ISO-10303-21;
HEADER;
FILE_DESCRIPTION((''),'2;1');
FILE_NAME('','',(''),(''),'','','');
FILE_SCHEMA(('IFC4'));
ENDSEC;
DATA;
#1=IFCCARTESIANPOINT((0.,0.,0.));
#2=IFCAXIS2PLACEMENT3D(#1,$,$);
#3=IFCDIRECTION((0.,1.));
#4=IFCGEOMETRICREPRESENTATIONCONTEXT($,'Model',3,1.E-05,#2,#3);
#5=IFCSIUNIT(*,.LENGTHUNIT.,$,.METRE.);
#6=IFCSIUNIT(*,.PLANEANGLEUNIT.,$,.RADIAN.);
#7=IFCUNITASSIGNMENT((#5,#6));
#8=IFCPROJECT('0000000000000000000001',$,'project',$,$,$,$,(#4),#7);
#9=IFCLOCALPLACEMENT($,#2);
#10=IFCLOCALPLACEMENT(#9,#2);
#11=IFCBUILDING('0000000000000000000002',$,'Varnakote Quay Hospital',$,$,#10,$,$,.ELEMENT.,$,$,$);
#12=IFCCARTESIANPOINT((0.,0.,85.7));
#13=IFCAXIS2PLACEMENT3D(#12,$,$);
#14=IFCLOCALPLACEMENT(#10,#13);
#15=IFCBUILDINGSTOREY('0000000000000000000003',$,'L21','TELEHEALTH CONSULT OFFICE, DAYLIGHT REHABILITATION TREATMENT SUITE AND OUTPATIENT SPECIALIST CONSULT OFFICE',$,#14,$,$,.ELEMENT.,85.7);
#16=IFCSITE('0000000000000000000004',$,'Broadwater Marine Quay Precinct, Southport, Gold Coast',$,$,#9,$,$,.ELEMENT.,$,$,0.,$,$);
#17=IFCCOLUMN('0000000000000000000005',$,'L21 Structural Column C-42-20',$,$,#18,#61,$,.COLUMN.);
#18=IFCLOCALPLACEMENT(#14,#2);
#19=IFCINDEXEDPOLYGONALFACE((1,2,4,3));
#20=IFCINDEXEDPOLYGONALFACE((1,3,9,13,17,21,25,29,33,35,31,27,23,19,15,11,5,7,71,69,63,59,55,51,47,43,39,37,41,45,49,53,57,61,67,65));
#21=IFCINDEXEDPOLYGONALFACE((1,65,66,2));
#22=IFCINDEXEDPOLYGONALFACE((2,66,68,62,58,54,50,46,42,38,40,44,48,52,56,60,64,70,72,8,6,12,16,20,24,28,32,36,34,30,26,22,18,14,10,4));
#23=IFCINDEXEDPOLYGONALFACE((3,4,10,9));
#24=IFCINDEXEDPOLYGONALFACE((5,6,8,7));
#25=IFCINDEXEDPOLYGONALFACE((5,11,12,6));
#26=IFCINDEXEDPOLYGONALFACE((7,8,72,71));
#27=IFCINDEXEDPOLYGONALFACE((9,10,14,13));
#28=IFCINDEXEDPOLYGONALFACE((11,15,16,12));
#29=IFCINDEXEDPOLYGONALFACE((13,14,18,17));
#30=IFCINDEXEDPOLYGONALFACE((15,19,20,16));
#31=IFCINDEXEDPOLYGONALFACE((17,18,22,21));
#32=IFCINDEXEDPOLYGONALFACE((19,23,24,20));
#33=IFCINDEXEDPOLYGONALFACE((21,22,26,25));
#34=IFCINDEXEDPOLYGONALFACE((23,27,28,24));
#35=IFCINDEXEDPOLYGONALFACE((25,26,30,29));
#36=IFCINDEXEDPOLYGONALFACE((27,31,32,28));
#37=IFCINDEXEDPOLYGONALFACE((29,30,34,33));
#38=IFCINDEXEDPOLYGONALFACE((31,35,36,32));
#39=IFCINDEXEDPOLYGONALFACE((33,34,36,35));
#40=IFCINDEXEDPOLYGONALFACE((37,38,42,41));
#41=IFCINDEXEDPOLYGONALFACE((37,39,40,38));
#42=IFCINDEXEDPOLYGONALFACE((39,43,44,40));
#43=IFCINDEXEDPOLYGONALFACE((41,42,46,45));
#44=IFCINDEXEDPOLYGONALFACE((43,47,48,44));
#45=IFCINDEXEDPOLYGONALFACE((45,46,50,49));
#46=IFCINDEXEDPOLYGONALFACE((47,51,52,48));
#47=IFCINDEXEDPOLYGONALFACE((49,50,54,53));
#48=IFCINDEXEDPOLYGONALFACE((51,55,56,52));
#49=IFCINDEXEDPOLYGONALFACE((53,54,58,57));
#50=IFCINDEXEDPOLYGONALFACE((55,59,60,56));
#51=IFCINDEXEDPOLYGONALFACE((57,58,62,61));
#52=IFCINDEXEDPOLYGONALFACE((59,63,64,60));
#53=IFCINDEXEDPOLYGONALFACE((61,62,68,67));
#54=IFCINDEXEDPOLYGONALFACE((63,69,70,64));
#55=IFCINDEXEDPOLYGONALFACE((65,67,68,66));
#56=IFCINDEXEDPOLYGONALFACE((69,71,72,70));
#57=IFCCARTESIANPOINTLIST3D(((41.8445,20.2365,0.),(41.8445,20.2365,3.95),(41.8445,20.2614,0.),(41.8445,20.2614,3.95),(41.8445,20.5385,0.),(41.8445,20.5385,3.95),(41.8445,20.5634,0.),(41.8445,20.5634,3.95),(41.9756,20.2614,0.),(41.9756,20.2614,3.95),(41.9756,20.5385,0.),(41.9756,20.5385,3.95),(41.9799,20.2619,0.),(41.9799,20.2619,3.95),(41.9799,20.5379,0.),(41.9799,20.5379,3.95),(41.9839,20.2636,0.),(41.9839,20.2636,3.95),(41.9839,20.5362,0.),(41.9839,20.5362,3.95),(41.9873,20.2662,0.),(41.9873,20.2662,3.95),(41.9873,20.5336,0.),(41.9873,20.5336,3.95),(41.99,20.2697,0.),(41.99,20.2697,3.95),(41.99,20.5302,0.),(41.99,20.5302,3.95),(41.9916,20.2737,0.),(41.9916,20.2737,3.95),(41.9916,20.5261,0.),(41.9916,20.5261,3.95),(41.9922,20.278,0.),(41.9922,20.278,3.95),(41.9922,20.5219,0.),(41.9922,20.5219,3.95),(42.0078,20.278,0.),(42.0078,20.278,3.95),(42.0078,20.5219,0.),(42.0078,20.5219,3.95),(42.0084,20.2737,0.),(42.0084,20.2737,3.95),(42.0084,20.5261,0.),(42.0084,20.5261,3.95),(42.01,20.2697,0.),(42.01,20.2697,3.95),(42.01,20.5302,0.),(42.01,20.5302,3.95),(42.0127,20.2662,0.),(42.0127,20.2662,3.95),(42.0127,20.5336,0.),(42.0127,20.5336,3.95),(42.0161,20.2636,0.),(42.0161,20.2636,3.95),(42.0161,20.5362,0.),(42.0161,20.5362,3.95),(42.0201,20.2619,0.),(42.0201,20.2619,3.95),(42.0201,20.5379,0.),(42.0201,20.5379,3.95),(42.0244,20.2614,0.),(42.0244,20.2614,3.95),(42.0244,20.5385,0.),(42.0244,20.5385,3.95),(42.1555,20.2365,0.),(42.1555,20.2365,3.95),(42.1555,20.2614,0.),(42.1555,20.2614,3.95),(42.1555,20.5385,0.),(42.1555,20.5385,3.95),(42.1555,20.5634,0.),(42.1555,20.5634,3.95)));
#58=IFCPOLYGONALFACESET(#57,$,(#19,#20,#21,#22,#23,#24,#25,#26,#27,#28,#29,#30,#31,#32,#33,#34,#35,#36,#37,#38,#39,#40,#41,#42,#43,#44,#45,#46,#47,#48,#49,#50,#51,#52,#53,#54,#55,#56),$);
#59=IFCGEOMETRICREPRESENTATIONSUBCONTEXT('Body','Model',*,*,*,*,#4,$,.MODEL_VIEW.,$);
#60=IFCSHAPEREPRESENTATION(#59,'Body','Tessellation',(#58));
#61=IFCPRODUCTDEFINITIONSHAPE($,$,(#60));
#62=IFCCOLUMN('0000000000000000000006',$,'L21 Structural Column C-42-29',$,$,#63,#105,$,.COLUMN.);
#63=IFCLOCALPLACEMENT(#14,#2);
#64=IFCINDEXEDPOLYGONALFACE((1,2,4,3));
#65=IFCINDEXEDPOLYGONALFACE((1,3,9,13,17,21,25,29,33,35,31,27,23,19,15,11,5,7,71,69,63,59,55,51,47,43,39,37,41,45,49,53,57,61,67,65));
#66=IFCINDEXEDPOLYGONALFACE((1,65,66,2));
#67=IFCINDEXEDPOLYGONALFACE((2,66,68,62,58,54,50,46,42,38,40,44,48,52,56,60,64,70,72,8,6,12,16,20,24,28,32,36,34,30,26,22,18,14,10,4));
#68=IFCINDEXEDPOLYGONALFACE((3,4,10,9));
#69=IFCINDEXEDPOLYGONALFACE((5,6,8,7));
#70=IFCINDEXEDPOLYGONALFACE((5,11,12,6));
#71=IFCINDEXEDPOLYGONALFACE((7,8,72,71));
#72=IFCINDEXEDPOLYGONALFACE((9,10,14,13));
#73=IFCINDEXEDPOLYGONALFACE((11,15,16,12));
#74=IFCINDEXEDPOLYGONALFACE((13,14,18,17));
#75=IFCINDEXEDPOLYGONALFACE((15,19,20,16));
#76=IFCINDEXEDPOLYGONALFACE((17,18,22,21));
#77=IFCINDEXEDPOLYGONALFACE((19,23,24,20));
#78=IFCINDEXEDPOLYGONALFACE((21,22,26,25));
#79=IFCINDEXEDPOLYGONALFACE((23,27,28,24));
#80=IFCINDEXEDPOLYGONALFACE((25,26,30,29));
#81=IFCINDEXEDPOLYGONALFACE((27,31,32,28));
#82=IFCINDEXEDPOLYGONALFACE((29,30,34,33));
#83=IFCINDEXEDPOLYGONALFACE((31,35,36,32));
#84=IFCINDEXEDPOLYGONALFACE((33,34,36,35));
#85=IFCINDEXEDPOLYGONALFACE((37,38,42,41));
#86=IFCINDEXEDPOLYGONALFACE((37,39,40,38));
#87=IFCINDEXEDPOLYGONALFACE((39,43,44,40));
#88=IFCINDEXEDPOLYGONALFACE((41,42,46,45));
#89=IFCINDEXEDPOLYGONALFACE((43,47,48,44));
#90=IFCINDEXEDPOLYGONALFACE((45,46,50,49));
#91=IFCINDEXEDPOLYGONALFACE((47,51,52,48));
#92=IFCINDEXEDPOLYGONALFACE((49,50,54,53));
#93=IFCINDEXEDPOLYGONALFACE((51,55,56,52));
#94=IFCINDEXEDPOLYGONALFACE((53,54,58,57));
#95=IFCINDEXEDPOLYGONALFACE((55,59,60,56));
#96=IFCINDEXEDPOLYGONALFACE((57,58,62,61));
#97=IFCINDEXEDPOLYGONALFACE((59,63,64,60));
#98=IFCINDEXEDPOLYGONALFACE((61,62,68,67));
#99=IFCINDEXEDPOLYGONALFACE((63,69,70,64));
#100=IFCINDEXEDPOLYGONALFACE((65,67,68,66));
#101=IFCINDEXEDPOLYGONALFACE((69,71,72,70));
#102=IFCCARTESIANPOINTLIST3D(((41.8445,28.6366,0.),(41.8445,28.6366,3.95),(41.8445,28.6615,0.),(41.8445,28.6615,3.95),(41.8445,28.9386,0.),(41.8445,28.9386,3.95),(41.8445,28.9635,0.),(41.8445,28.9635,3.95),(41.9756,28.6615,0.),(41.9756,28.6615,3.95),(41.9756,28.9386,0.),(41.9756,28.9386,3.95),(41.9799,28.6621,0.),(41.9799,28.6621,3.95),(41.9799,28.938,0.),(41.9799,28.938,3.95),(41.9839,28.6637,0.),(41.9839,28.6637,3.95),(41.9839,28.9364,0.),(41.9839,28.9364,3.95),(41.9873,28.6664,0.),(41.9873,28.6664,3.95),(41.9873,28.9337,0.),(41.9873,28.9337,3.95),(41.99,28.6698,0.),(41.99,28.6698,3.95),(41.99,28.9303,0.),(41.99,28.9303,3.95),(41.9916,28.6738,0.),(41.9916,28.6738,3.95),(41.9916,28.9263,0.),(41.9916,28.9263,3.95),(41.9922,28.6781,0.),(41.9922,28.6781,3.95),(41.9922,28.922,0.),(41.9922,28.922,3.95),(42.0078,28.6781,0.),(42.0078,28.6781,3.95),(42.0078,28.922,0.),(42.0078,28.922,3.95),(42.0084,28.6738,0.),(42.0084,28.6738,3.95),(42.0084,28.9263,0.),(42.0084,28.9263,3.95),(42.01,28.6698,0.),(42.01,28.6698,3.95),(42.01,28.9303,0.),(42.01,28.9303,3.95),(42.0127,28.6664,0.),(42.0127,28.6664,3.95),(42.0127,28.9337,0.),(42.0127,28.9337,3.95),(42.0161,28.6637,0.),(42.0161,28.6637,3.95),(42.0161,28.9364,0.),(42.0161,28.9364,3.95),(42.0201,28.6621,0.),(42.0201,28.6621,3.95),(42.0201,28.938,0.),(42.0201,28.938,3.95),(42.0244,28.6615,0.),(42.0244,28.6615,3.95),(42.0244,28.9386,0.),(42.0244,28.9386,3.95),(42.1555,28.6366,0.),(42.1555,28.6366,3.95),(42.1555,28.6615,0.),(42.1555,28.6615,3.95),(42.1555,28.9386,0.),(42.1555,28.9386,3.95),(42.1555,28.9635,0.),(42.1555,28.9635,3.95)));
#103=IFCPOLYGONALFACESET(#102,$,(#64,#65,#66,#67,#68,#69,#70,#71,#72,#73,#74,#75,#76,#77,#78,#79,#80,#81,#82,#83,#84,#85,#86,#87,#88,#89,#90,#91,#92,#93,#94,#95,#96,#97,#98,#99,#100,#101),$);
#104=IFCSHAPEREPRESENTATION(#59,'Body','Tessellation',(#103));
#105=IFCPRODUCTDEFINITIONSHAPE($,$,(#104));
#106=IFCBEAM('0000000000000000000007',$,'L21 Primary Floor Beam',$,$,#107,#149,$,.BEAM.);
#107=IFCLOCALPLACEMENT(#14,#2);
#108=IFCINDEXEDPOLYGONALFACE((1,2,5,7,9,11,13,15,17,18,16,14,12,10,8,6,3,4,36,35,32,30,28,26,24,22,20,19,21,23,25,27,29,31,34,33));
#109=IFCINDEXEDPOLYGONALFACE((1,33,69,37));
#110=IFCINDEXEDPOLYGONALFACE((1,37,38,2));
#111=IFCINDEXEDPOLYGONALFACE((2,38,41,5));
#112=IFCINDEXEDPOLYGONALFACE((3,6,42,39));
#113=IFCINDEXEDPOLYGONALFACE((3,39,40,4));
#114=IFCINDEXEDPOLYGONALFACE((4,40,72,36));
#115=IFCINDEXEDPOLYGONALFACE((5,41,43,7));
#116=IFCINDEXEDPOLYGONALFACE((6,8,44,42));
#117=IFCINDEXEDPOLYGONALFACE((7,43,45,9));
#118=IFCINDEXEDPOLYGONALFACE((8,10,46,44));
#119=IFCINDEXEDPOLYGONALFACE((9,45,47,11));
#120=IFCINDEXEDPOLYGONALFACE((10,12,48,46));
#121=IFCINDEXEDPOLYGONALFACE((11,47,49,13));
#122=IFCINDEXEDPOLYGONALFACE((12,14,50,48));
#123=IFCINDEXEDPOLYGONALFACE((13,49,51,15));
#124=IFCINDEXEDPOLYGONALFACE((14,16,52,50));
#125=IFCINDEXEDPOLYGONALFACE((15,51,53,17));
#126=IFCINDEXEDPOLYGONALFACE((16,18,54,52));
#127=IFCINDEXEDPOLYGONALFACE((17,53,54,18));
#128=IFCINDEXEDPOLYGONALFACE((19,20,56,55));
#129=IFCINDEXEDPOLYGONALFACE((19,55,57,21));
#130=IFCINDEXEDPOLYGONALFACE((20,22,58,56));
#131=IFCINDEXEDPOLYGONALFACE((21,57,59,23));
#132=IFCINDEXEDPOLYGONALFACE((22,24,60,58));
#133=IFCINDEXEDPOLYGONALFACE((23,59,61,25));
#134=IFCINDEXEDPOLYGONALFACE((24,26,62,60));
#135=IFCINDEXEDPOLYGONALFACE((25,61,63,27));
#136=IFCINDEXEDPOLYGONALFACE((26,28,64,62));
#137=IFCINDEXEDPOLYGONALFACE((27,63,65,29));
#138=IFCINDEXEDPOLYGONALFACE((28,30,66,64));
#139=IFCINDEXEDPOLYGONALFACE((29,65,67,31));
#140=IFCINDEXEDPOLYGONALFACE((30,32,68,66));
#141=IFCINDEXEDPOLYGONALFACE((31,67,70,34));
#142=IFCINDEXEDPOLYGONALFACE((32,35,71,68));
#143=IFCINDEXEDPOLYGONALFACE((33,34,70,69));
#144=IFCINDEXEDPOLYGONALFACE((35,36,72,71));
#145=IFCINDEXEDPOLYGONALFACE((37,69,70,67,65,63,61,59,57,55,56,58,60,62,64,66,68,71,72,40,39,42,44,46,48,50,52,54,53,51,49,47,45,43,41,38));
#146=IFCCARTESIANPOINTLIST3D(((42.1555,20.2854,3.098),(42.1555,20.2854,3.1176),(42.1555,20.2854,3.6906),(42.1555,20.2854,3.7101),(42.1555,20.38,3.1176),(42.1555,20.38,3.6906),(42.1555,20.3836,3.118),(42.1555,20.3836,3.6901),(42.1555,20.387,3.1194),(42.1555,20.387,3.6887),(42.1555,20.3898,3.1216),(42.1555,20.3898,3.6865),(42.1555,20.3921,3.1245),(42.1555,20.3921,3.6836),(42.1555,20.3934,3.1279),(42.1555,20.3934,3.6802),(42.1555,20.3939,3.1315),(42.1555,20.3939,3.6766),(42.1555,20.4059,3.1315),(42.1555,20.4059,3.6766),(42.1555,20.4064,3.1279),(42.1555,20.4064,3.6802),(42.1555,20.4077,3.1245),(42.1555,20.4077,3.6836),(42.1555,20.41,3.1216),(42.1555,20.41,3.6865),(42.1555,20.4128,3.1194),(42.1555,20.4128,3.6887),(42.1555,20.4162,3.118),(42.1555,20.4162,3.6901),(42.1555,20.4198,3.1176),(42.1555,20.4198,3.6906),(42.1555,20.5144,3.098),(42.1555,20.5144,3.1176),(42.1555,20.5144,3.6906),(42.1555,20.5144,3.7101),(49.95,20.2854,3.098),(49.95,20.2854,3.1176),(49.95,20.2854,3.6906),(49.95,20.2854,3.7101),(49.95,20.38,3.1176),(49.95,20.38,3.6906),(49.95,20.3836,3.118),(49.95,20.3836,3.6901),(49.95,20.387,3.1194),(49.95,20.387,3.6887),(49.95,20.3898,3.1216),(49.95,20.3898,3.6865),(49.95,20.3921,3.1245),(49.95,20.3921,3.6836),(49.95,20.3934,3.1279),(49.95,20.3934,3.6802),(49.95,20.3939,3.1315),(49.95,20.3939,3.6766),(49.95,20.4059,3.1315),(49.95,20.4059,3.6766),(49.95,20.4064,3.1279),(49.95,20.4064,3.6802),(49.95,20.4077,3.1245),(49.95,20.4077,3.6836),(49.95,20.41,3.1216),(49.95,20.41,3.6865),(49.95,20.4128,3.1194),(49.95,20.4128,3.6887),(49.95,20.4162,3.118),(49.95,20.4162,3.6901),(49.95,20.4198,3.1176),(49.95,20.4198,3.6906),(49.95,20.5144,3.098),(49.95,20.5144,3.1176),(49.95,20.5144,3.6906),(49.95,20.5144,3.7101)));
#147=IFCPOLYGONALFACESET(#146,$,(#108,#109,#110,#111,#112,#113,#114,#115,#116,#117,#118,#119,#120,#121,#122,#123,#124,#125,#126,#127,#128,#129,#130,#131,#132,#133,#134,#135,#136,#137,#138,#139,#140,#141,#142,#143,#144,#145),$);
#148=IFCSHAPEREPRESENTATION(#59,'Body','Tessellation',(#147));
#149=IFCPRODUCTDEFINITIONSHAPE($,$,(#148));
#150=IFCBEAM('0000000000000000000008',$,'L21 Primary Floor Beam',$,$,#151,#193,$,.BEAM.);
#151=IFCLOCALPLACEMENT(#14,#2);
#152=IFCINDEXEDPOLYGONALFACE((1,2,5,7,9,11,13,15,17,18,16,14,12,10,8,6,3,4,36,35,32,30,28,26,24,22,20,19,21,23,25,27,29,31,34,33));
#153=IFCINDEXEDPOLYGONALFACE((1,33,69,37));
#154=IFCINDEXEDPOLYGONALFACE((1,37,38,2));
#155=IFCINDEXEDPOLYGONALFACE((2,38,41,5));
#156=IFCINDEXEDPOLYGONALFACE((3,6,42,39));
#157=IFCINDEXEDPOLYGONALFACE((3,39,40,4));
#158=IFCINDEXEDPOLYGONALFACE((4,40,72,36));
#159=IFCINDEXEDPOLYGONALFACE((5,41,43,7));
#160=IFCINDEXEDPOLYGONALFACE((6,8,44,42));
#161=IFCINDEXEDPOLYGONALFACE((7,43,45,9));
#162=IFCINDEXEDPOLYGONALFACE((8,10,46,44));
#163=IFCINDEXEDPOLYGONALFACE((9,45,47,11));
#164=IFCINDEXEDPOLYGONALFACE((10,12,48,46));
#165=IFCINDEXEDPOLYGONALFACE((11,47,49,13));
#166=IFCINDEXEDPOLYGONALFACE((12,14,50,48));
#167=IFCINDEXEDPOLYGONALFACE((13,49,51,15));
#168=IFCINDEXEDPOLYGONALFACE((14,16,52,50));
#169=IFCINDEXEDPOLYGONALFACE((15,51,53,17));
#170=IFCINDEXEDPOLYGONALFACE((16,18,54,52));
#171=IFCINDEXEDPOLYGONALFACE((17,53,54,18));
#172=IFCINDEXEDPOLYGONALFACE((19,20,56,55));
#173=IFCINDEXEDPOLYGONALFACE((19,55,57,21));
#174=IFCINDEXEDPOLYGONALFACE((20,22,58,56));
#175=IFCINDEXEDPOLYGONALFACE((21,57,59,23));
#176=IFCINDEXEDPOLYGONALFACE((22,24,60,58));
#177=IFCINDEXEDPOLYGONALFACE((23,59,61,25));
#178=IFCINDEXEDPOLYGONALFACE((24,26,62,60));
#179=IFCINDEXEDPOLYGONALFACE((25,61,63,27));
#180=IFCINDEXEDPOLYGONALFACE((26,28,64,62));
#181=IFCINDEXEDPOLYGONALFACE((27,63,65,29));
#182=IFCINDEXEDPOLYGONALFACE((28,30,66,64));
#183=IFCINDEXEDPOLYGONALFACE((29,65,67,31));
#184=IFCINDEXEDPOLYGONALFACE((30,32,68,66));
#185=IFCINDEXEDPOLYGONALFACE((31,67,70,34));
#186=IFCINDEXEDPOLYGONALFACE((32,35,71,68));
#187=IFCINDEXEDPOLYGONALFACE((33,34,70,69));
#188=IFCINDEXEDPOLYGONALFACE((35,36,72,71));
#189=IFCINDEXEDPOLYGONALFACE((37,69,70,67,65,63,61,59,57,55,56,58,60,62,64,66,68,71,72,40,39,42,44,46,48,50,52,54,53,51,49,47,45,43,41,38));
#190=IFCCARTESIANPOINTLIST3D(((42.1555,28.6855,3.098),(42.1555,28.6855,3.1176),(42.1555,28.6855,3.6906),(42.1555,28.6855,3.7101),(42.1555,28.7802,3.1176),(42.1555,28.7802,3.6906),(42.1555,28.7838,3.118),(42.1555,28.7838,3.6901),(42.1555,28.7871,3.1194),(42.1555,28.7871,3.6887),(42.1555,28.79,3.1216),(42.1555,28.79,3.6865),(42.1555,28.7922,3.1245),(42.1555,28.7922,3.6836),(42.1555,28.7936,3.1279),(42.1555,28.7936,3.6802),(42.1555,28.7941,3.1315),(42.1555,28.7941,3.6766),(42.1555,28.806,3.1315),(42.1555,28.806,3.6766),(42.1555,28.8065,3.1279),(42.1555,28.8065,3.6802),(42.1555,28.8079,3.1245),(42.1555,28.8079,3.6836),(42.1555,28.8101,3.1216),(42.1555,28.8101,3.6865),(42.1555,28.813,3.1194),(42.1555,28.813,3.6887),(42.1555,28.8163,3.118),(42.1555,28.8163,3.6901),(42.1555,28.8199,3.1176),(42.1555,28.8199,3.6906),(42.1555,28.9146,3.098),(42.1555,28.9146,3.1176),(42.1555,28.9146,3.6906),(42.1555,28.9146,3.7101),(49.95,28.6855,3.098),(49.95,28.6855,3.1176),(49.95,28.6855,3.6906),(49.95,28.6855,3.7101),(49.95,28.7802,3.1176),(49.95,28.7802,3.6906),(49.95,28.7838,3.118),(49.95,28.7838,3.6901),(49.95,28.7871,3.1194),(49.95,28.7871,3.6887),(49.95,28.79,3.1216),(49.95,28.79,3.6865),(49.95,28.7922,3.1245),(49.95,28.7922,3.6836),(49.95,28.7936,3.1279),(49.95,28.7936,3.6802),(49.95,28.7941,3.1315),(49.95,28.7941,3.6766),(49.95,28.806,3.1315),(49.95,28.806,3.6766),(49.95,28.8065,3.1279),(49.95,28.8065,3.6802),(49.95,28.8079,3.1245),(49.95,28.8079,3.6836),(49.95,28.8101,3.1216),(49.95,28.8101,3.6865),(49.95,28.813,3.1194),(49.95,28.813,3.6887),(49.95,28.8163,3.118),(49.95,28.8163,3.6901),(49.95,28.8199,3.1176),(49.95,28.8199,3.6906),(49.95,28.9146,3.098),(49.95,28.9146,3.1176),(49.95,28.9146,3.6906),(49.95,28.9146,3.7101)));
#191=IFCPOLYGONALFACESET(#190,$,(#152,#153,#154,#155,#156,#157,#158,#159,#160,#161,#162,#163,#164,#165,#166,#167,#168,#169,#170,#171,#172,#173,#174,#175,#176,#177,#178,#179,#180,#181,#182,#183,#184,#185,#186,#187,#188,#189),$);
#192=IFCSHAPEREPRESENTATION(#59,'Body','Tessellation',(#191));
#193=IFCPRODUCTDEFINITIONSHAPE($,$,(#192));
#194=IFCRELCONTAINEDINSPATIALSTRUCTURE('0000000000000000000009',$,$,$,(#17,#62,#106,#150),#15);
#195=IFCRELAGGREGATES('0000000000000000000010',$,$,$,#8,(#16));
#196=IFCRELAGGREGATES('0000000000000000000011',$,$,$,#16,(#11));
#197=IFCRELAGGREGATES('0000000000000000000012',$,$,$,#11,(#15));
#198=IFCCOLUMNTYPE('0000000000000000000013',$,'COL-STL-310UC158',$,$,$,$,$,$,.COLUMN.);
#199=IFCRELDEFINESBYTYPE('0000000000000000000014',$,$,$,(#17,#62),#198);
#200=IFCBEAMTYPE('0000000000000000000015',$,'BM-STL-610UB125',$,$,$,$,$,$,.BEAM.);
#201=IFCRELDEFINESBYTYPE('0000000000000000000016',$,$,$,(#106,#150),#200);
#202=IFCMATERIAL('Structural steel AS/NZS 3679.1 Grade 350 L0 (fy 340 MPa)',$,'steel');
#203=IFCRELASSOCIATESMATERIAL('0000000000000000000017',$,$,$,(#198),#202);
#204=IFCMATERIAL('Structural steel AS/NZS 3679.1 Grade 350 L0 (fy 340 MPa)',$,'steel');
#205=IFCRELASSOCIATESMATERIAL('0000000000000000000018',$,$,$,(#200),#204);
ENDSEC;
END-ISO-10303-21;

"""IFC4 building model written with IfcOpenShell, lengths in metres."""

from ifc_helpers import new_model, si_unit, direction, frame, origin, origin_2d, place, context, subcontext, project, spatial, i_section, extrude, material, material_profile, profile_set, type_object, element, save


model = new_model("IFC4")

# Units and contexts
model_context = context("Model", 3, precision=1e-05, world=origin(), true_north=direction((0.0, 1.0)))
body_context = subcontext(model_context, "Body", "Model", "MODEL_VIEW")
ifc_project = project(units=[si_unit("LENGTHUNIT", "METRE"), si_unit("PLANEANGLEUNIT", "RADIAN")], contexts=[model_context])

# Site, building, storey
site_placement = place(None, origin())
site = spatial("IfcSite", under=ifc_project, at=site_placement, Name="Broadwater Marine Quay Precinct, Southport, Gold Coast", CompositionType="ELEMENT", RefElevation=0.0)
building_placement = place(site_placement, origin())
building = spatial("IfcBuilding", under=site, at=building_placement, Name="Varnakote Quay Hospital", CompositionType="ELEMENT")
storey_placement = place(building_placement, frame((0.0, 0.0, 85.7)))
storey = spatial("IfcBuildingStorey", under=building, at=storey_placement, Name="L21", Description="TELEHEALTH CONSULT OFFICE, DAYLIGHT REHABILITATION TREATMENT SUITE AND OUTPATIENT SPECIALIST CONSULT OFFICE", CompositionType="ELEMENT", Elevation=85.7)

# Columns
ifc_material_1 = material(Name="Structural steel AS/NZS 3679.1 Grade 350 L0 (fy 340 MPa)", Category="steel")
ifc_material_profile_1 = material_profile(ifc_material_1, i_section(OverallWidth=0.311, OverallDepth=0.3269, WebThickness=0.0156, FlangeThickness=0.0249, FilletRadius=0.0166, at=origin_2d()), Name="310UC158")
ifc_profile_set_1 = profile_set([ifc_material_profile_1], Name="Structural steel AS/NZS 3679.1 Grade 350 L0 (fy 340 MPa)")
column_type = type_object("IfcColumnType", Name="COL-STL-310UC158", PredefinedType="COLUMN", material=ifc_profile_set_1)
for number, where, z_axis, x_axis, name in (
    (1, (42.0, 20.3999, 0.0), (0.0, 0.0, 1.0), (1.0, 0.0, 0.0), "L21 Structural Column C-42-20"),
    (2, (42.0, 28.8, 0.0), (0.0, 0.0, 1.0), (1.0, 0.0, 0.0), "L21 Structural Column C-42-29"),
):
    element("IfcColumn", number, at=place(storey_placement, frame(where, z_axis=z_axis, x_axis=x_axis)), inside=storey, type_object=column_type, Name=name, PredefinedType="COLUMN", context=body_context, shape_type="SweptSolid", body=[
        extrude(i_section(OverallWidth=0.311, OverallDepth=0.3269, WebThickness=0.0156, FlangeThickness=0.0249, FilletRadius=0.0166, at=origin_2d()), origin(), (0.0, 0.0, 1.0), 3.95),
    ])

# Beams
ifc_material_2 = material(Name="Structural steel AS/NZS 3679.1 Grade 350 L0 (fy 340 MPa)", Category="steel")
ifc_material_profile_2 = material_profile(ifc_material_2, i_section(OverallWidth=0.229, OverallDepth=0.6121, WebThickness=0.012, FlangeThickness=0.0195, FilletRadius=0.0139, at=origin_2d()), Name="610UB125")
ifc_profile_set_2 = profile_set([ifc_material_profile_2], Name="Structural steel AS/NZS 3679.1 Grade 350 L0 (fy 340 MPa)")
beam_type_1 = type_object("IfcBeamType", Name="BM-STL-610UB125", PredefinedType="BEAM", material=ifc_profile_set_2)
for number, where, z_axis, x_axis, name in (
    (3, (42.1555, 20.3999, 3.4041), (1.0, 0.0, 0.0), (0.0, 1.0, 0.0), "L21 Primary Floor Beam"),
    (4, (42.1555, 28.8, 3.4041), (1.0, 0.0, 0.0), (0.0, 1.0, 0.0), "L21 Primary Floor Beam"),
):
    element("IfcBeam", number, at=place(storey_placement, frame(where, z_axis=z_axis, x_axis=x_axis)), inside=storey, type_object=beam_type_1, Name=name, PredefinedType="BEAM", context=body_context, shape_type="SweptSolid", body=[
        extrude(i_section(OverallWidth=0.229, OverallDepth=0.6121, WebThickness=0.012, FlangeThickness=0.0195, FilletRadius=0.0139, at=origin_2d()), origin(), (0.0, 0.0, 1.0), 7.7944),
    ])

save(model, "model.ifc")
